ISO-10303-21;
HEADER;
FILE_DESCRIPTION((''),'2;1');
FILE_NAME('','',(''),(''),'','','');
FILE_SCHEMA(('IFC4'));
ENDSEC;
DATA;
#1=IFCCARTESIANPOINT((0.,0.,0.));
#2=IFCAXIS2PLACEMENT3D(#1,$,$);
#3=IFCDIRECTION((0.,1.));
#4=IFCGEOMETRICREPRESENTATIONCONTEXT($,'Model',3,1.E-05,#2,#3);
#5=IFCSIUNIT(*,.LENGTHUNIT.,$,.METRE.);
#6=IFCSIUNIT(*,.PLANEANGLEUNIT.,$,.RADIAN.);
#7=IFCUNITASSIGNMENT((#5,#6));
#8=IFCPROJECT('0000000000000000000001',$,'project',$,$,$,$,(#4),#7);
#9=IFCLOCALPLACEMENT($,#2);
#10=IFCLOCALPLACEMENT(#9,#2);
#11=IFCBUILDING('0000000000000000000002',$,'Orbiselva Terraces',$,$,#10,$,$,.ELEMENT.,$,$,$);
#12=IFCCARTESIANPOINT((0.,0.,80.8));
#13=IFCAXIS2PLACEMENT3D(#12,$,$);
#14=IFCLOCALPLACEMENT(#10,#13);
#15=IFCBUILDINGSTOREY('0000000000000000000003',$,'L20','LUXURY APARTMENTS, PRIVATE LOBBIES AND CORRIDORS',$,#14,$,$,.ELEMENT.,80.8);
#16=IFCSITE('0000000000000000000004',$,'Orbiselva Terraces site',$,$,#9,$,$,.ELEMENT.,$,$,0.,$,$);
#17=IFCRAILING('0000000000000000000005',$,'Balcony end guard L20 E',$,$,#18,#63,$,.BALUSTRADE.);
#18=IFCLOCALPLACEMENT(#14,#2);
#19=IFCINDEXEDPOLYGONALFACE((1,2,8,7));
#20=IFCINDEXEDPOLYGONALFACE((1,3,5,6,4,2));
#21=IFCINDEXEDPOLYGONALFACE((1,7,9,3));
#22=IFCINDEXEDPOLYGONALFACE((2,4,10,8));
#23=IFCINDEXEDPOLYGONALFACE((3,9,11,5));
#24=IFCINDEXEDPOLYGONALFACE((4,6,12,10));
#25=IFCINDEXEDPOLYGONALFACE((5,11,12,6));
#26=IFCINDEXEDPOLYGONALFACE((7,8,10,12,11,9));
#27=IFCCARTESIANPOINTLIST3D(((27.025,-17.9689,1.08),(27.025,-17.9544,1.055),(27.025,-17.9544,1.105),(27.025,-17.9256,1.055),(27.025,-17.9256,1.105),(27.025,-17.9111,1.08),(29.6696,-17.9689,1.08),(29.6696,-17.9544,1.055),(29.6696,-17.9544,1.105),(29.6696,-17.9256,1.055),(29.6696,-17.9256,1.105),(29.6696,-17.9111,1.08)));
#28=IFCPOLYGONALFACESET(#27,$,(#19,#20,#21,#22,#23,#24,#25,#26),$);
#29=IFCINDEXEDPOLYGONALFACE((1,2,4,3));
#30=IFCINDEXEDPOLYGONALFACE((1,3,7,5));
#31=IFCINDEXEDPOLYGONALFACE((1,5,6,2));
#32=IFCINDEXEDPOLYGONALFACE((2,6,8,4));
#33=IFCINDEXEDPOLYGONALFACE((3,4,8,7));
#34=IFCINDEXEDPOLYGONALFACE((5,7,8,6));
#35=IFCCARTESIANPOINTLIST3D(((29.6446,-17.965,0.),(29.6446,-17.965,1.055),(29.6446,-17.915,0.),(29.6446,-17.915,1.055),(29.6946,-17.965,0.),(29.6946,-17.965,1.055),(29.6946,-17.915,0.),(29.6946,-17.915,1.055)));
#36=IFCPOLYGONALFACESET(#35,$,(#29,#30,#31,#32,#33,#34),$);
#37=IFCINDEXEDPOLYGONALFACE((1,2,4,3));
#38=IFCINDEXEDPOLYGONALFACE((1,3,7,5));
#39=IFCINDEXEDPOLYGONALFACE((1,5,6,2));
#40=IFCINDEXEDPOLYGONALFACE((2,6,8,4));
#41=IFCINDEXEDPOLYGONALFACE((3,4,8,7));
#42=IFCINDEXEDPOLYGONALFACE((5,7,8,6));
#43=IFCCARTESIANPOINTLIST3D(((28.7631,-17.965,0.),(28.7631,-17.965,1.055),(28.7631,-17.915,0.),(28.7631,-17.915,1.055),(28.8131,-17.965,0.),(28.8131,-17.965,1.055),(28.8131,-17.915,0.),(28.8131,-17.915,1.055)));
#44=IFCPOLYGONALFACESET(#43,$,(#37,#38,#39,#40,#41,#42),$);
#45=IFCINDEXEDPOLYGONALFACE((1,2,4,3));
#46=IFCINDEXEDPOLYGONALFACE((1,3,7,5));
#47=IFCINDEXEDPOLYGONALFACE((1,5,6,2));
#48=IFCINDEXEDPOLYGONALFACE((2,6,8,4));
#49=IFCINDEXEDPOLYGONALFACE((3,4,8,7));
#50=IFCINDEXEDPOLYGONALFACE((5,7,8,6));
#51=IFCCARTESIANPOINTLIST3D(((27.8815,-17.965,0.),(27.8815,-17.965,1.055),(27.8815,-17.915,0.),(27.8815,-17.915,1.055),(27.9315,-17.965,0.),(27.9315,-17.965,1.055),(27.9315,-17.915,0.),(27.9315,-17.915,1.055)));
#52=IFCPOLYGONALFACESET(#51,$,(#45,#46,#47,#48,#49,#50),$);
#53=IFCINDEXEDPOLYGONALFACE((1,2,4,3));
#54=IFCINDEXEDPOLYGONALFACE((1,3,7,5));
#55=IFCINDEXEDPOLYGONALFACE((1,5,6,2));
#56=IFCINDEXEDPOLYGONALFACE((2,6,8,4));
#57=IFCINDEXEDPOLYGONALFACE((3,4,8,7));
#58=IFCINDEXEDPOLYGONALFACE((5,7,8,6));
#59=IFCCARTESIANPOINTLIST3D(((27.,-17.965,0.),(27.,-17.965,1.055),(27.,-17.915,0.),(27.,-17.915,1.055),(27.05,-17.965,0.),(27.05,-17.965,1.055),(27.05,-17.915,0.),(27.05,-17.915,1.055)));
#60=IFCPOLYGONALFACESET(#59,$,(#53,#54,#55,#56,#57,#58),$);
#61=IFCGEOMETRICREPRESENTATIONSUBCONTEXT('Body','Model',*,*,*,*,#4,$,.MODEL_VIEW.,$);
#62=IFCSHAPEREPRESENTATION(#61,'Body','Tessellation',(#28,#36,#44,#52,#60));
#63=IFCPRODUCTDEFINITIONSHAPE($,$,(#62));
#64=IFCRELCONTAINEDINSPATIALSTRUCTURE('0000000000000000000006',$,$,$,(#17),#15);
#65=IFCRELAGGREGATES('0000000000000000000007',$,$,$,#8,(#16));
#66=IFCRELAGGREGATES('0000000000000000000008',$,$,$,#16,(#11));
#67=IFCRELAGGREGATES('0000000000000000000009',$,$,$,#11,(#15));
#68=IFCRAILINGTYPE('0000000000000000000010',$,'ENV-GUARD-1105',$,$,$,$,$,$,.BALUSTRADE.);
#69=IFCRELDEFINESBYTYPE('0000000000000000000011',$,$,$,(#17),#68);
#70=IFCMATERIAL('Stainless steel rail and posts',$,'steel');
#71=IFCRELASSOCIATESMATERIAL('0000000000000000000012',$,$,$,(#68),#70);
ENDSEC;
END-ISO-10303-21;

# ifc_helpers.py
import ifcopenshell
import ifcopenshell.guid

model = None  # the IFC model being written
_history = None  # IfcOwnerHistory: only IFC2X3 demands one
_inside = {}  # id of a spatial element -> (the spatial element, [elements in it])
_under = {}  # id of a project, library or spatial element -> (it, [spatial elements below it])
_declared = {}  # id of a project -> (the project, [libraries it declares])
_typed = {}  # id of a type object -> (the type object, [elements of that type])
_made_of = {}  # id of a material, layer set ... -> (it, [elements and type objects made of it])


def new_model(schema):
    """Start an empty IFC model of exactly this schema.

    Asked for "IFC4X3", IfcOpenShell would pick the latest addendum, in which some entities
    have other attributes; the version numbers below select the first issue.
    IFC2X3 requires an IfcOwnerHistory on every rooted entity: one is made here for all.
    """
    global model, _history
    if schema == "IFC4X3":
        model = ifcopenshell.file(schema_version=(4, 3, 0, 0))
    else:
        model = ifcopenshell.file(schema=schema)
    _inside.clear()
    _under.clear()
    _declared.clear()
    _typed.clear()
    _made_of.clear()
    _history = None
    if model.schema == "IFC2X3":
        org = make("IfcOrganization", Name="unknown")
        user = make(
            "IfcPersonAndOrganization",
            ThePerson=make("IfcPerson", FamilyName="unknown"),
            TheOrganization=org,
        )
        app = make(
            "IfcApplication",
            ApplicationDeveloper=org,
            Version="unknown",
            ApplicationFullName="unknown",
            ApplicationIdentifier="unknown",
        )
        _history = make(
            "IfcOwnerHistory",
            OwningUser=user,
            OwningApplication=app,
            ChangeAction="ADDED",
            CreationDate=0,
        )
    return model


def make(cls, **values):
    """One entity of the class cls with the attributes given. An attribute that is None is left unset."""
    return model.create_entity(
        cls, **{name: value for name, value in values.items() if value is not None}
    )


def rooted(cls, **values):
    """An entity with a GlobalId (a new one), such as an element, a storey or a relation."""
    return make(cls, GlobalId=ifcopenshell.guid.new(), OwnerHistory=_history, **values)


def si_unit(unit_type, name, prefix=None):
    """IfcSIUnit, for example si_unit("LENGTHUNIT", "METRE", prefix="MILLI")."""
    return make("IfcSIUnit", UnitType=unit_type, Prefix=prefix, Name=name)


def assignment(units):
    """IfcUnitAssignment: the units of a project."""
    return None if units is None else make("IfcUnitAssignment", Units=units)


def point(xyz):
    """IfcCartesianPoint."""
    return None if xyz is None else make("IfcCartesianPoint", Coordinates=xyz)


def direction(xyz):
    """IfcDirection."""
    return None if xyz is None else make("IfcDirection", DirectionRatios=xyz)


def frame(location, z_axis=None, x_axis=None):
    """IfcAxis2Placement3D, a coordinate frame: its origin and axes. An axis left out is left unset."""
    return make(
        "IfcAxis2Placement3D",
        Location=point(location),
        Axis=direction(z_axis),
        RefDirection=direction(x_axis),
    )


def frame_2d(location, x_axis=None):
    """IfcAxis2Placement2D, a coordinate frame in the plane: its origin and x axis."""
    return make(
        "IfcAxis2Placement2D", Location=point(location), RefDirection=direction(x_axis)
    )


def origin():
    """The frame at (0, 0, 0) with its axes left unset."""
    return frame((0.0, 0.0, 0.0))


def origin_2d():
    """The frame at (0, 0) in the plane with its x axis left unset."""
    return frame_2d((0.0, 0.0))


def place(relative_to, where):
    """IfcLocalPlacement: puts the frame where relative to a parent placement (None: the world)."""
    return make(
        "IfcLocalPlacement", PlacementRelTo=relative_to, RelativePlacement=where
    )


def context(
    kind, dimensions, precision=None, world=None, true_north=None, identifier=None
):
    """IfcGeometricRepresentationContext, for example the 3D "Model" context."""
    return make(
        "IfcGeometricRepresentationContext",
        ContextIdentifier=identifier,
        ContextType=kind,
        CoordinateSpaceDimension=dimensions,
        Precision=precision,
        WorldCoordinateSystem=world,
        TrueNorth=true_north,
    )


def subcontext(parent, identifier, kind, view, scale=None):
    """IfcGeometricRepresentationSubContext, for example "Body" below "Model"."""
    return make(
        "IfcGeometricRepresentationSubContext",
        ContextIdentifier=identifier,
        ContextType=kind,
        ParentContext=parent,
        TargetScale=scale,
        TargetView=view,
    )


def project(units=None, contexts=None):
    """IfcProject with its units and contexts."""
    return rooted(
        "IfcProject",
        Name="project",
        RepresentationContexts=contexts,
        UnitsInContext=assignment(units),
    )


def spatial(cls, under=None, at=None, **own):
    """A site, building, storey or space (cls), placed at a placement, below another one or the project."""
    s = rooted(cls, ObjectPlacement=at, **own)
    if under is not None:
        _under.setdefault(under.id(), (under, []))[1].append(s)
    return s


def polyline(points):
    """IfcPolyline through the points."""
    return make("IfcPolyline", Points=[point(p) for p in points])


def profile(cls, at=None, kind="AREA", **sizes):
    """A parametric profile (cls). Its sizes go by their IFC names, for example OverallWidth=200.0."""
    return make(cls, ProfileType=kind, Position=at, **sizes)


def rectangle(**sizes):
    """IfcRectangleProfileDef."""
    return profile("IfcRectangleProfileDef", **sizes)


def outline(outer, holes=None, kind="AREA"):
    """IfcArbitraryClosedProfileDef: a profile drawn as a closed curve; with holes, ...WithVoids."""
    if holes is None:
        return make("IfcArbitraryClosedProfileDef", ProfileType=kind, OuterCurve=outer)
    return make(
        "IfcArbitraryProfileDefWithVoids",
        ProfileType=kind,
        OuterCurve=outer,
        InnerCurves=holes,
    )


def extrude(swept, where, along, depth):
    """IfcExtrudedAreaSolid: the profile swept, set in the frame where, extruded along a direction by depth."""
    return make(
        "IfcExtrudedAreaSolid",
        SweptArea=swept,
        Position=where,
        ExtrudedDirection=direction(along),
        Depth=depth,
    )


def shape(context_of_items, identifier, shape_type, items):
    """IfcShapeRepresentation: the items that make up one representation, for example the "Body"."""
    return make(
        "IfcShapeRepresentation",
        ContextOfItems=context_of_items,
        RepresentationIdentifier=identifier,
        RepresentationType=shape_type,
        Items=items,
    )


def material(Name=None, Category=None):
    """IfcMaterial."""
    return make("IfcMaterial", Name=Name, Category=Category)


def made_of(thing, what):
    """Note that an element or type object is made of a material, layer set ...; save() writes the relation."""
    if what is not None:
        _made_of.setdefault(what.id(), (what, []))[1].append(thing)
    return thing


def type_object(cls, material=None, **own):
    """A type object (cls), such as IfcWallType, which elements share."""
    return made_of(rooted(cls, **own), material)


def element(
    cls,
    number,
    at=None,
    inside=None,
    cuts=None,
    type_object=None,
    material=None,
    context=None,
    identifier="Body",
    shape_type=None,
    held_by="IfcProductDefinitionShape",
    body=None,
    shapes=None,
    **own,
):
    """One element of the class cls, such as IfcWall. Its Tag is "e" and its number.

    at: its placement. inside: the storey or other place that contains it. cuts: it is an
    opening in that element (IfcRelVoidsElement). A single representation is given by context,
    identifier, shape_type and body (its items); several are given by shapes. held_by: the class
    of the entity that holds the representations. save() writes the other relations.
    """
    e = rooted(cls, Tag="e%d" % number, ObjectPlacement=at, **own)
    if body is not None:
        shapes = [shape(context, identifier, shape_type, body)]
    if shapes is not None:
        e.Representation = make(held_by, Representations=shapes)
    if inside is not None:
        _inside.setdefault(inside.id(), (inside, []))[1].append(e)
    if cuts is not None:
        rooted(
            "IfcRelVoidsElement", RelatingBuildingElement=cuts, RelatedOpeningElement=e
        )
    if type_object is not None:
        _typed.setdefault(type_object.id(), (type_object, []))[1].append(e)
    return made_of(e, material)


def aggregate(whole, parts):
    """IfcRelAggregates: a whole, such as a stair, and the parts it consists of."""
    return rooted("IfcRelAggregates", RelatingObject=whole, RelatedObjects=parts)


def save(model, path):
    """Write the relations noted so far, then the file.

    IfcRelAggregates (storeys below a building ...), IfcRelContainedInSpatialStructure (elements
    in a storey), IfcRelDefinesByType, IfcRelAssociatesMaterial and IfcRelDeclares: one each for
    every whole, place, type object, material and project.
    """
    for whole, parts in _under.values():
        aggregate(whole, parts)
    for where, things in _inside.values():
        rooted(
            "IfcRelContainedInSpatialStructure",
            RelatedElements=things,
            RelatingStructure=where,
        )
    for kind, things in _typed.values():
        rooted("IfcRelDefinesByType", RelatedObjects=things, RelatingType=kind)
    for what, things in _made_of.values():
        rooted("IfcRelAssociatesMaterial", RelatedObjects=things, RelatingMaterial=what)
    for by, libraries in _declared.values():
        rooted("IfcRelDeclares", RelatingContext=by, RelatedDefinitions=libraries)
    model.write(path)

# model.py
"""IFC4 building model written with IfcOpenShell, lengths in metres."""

from ifc_helpers import new_model, si_unit, direction, frame, origin, origin_2d, place, context, subcontext, project, spatial, polyline, rectangle, outline, extrude, material, type_object, element, save


model = new_model("IFC4")

# Units and contexts
model_context = context("Model", 3, precision=1e-05, world=origin(), true_north=direction((0.0, 1.0)))
body_context = subcontext(model_context, "Body", "Model", "MODEL_VIEW")
ifc_project = project(units=[si_unit("LENGTHUNIT", "METRE"), si_unit("PLANEANGLEUNIT", "RADIAN")], contexts=[model_context])

# Site, building, storey
site_placement = place(None, origin())
site = spatial("IfcSite", under=ifc_project, at=site_placement, Name="Orbiselva Terraces site", CompositionType="ELEMENT", RefElevation=0.0)
building_placement = place(site_placement, origin())
building = spatial("IfcBuilding", under=site, at=building_placement, Name="Orbiselva Terraces", CompositionType="ELEMENT")
storey_placement = place(building_placement, frame((0.0, 0.0, 80.8)))
storey = spatial("IfcBuildingStorey", under=building, at=storey_placement, Name="L20", Description="LUXURY APARTMENTS, PRIVATE LOBBIES AND CORRIDORS", CompositionType="ELEMENT", Elevation=80.8)

# Railing
ifc_material_1 = material(Name="Stainless steel rail and posts", Category="steel")
railing_type_1 = type_object("IfcRailingType", Name="ENV-GUARD-1105", PredefinedType="BALUSTRADE", material=ifc_material_1)
railing_1_placement = place(storey_placement, frame((29.6696, -17.94, 0.0)))
element("IfcRailing", 1, at=railing_1_placement, inside=storey, type_object=railing_type_1, Name="Balcony end guard L20 E", PredefinedType="BALUSTRADE", context=body_context, shape_type="SweptSolid", body=[
    extrude(outline(polyline([(0.0289, 0.0), (0.0144, 0.025), (-0.0144, 0.025), (-0.0289, 0.0), (-0.0144, -0.025), (0.0144, -0.025), (0.0289, 0.0)])), frame((0.0, 0.0, 1.08), z_axis=(-1.0, 0.0, 0.0), x_axis=(0.0, -1.0, 0.0)), (0.0, 0.0, 1.0), 2.6446),
    extrude(rectangle(XDim=0.05, YDim=0.05, at=origin_2d()), origin(), (0.0, 0.0, 1.0), 1.055),
    extrude(rectangle(XDim=0.05, YDim=0.05, at=origin_2d()), frame((-0.8815, 0.0, 0.0)), (0.0, 0.0, 1.0), 1.055),
    extrude(rectangle(XDim=0.05, YDim=0.05, at=origin_2d()), frame((-1.7631, 0.0, 0.0)), (0.0, 0.0, 1.0), 1.055),
    extrude(rectangle(XDim=0.05, YDim=0.05, at=origin_2d()), frame((-2.6446, 0.0, 0.0)), (0.0, 0.0, 1.0), 1.055),
])

save(model, "model.ifc")
